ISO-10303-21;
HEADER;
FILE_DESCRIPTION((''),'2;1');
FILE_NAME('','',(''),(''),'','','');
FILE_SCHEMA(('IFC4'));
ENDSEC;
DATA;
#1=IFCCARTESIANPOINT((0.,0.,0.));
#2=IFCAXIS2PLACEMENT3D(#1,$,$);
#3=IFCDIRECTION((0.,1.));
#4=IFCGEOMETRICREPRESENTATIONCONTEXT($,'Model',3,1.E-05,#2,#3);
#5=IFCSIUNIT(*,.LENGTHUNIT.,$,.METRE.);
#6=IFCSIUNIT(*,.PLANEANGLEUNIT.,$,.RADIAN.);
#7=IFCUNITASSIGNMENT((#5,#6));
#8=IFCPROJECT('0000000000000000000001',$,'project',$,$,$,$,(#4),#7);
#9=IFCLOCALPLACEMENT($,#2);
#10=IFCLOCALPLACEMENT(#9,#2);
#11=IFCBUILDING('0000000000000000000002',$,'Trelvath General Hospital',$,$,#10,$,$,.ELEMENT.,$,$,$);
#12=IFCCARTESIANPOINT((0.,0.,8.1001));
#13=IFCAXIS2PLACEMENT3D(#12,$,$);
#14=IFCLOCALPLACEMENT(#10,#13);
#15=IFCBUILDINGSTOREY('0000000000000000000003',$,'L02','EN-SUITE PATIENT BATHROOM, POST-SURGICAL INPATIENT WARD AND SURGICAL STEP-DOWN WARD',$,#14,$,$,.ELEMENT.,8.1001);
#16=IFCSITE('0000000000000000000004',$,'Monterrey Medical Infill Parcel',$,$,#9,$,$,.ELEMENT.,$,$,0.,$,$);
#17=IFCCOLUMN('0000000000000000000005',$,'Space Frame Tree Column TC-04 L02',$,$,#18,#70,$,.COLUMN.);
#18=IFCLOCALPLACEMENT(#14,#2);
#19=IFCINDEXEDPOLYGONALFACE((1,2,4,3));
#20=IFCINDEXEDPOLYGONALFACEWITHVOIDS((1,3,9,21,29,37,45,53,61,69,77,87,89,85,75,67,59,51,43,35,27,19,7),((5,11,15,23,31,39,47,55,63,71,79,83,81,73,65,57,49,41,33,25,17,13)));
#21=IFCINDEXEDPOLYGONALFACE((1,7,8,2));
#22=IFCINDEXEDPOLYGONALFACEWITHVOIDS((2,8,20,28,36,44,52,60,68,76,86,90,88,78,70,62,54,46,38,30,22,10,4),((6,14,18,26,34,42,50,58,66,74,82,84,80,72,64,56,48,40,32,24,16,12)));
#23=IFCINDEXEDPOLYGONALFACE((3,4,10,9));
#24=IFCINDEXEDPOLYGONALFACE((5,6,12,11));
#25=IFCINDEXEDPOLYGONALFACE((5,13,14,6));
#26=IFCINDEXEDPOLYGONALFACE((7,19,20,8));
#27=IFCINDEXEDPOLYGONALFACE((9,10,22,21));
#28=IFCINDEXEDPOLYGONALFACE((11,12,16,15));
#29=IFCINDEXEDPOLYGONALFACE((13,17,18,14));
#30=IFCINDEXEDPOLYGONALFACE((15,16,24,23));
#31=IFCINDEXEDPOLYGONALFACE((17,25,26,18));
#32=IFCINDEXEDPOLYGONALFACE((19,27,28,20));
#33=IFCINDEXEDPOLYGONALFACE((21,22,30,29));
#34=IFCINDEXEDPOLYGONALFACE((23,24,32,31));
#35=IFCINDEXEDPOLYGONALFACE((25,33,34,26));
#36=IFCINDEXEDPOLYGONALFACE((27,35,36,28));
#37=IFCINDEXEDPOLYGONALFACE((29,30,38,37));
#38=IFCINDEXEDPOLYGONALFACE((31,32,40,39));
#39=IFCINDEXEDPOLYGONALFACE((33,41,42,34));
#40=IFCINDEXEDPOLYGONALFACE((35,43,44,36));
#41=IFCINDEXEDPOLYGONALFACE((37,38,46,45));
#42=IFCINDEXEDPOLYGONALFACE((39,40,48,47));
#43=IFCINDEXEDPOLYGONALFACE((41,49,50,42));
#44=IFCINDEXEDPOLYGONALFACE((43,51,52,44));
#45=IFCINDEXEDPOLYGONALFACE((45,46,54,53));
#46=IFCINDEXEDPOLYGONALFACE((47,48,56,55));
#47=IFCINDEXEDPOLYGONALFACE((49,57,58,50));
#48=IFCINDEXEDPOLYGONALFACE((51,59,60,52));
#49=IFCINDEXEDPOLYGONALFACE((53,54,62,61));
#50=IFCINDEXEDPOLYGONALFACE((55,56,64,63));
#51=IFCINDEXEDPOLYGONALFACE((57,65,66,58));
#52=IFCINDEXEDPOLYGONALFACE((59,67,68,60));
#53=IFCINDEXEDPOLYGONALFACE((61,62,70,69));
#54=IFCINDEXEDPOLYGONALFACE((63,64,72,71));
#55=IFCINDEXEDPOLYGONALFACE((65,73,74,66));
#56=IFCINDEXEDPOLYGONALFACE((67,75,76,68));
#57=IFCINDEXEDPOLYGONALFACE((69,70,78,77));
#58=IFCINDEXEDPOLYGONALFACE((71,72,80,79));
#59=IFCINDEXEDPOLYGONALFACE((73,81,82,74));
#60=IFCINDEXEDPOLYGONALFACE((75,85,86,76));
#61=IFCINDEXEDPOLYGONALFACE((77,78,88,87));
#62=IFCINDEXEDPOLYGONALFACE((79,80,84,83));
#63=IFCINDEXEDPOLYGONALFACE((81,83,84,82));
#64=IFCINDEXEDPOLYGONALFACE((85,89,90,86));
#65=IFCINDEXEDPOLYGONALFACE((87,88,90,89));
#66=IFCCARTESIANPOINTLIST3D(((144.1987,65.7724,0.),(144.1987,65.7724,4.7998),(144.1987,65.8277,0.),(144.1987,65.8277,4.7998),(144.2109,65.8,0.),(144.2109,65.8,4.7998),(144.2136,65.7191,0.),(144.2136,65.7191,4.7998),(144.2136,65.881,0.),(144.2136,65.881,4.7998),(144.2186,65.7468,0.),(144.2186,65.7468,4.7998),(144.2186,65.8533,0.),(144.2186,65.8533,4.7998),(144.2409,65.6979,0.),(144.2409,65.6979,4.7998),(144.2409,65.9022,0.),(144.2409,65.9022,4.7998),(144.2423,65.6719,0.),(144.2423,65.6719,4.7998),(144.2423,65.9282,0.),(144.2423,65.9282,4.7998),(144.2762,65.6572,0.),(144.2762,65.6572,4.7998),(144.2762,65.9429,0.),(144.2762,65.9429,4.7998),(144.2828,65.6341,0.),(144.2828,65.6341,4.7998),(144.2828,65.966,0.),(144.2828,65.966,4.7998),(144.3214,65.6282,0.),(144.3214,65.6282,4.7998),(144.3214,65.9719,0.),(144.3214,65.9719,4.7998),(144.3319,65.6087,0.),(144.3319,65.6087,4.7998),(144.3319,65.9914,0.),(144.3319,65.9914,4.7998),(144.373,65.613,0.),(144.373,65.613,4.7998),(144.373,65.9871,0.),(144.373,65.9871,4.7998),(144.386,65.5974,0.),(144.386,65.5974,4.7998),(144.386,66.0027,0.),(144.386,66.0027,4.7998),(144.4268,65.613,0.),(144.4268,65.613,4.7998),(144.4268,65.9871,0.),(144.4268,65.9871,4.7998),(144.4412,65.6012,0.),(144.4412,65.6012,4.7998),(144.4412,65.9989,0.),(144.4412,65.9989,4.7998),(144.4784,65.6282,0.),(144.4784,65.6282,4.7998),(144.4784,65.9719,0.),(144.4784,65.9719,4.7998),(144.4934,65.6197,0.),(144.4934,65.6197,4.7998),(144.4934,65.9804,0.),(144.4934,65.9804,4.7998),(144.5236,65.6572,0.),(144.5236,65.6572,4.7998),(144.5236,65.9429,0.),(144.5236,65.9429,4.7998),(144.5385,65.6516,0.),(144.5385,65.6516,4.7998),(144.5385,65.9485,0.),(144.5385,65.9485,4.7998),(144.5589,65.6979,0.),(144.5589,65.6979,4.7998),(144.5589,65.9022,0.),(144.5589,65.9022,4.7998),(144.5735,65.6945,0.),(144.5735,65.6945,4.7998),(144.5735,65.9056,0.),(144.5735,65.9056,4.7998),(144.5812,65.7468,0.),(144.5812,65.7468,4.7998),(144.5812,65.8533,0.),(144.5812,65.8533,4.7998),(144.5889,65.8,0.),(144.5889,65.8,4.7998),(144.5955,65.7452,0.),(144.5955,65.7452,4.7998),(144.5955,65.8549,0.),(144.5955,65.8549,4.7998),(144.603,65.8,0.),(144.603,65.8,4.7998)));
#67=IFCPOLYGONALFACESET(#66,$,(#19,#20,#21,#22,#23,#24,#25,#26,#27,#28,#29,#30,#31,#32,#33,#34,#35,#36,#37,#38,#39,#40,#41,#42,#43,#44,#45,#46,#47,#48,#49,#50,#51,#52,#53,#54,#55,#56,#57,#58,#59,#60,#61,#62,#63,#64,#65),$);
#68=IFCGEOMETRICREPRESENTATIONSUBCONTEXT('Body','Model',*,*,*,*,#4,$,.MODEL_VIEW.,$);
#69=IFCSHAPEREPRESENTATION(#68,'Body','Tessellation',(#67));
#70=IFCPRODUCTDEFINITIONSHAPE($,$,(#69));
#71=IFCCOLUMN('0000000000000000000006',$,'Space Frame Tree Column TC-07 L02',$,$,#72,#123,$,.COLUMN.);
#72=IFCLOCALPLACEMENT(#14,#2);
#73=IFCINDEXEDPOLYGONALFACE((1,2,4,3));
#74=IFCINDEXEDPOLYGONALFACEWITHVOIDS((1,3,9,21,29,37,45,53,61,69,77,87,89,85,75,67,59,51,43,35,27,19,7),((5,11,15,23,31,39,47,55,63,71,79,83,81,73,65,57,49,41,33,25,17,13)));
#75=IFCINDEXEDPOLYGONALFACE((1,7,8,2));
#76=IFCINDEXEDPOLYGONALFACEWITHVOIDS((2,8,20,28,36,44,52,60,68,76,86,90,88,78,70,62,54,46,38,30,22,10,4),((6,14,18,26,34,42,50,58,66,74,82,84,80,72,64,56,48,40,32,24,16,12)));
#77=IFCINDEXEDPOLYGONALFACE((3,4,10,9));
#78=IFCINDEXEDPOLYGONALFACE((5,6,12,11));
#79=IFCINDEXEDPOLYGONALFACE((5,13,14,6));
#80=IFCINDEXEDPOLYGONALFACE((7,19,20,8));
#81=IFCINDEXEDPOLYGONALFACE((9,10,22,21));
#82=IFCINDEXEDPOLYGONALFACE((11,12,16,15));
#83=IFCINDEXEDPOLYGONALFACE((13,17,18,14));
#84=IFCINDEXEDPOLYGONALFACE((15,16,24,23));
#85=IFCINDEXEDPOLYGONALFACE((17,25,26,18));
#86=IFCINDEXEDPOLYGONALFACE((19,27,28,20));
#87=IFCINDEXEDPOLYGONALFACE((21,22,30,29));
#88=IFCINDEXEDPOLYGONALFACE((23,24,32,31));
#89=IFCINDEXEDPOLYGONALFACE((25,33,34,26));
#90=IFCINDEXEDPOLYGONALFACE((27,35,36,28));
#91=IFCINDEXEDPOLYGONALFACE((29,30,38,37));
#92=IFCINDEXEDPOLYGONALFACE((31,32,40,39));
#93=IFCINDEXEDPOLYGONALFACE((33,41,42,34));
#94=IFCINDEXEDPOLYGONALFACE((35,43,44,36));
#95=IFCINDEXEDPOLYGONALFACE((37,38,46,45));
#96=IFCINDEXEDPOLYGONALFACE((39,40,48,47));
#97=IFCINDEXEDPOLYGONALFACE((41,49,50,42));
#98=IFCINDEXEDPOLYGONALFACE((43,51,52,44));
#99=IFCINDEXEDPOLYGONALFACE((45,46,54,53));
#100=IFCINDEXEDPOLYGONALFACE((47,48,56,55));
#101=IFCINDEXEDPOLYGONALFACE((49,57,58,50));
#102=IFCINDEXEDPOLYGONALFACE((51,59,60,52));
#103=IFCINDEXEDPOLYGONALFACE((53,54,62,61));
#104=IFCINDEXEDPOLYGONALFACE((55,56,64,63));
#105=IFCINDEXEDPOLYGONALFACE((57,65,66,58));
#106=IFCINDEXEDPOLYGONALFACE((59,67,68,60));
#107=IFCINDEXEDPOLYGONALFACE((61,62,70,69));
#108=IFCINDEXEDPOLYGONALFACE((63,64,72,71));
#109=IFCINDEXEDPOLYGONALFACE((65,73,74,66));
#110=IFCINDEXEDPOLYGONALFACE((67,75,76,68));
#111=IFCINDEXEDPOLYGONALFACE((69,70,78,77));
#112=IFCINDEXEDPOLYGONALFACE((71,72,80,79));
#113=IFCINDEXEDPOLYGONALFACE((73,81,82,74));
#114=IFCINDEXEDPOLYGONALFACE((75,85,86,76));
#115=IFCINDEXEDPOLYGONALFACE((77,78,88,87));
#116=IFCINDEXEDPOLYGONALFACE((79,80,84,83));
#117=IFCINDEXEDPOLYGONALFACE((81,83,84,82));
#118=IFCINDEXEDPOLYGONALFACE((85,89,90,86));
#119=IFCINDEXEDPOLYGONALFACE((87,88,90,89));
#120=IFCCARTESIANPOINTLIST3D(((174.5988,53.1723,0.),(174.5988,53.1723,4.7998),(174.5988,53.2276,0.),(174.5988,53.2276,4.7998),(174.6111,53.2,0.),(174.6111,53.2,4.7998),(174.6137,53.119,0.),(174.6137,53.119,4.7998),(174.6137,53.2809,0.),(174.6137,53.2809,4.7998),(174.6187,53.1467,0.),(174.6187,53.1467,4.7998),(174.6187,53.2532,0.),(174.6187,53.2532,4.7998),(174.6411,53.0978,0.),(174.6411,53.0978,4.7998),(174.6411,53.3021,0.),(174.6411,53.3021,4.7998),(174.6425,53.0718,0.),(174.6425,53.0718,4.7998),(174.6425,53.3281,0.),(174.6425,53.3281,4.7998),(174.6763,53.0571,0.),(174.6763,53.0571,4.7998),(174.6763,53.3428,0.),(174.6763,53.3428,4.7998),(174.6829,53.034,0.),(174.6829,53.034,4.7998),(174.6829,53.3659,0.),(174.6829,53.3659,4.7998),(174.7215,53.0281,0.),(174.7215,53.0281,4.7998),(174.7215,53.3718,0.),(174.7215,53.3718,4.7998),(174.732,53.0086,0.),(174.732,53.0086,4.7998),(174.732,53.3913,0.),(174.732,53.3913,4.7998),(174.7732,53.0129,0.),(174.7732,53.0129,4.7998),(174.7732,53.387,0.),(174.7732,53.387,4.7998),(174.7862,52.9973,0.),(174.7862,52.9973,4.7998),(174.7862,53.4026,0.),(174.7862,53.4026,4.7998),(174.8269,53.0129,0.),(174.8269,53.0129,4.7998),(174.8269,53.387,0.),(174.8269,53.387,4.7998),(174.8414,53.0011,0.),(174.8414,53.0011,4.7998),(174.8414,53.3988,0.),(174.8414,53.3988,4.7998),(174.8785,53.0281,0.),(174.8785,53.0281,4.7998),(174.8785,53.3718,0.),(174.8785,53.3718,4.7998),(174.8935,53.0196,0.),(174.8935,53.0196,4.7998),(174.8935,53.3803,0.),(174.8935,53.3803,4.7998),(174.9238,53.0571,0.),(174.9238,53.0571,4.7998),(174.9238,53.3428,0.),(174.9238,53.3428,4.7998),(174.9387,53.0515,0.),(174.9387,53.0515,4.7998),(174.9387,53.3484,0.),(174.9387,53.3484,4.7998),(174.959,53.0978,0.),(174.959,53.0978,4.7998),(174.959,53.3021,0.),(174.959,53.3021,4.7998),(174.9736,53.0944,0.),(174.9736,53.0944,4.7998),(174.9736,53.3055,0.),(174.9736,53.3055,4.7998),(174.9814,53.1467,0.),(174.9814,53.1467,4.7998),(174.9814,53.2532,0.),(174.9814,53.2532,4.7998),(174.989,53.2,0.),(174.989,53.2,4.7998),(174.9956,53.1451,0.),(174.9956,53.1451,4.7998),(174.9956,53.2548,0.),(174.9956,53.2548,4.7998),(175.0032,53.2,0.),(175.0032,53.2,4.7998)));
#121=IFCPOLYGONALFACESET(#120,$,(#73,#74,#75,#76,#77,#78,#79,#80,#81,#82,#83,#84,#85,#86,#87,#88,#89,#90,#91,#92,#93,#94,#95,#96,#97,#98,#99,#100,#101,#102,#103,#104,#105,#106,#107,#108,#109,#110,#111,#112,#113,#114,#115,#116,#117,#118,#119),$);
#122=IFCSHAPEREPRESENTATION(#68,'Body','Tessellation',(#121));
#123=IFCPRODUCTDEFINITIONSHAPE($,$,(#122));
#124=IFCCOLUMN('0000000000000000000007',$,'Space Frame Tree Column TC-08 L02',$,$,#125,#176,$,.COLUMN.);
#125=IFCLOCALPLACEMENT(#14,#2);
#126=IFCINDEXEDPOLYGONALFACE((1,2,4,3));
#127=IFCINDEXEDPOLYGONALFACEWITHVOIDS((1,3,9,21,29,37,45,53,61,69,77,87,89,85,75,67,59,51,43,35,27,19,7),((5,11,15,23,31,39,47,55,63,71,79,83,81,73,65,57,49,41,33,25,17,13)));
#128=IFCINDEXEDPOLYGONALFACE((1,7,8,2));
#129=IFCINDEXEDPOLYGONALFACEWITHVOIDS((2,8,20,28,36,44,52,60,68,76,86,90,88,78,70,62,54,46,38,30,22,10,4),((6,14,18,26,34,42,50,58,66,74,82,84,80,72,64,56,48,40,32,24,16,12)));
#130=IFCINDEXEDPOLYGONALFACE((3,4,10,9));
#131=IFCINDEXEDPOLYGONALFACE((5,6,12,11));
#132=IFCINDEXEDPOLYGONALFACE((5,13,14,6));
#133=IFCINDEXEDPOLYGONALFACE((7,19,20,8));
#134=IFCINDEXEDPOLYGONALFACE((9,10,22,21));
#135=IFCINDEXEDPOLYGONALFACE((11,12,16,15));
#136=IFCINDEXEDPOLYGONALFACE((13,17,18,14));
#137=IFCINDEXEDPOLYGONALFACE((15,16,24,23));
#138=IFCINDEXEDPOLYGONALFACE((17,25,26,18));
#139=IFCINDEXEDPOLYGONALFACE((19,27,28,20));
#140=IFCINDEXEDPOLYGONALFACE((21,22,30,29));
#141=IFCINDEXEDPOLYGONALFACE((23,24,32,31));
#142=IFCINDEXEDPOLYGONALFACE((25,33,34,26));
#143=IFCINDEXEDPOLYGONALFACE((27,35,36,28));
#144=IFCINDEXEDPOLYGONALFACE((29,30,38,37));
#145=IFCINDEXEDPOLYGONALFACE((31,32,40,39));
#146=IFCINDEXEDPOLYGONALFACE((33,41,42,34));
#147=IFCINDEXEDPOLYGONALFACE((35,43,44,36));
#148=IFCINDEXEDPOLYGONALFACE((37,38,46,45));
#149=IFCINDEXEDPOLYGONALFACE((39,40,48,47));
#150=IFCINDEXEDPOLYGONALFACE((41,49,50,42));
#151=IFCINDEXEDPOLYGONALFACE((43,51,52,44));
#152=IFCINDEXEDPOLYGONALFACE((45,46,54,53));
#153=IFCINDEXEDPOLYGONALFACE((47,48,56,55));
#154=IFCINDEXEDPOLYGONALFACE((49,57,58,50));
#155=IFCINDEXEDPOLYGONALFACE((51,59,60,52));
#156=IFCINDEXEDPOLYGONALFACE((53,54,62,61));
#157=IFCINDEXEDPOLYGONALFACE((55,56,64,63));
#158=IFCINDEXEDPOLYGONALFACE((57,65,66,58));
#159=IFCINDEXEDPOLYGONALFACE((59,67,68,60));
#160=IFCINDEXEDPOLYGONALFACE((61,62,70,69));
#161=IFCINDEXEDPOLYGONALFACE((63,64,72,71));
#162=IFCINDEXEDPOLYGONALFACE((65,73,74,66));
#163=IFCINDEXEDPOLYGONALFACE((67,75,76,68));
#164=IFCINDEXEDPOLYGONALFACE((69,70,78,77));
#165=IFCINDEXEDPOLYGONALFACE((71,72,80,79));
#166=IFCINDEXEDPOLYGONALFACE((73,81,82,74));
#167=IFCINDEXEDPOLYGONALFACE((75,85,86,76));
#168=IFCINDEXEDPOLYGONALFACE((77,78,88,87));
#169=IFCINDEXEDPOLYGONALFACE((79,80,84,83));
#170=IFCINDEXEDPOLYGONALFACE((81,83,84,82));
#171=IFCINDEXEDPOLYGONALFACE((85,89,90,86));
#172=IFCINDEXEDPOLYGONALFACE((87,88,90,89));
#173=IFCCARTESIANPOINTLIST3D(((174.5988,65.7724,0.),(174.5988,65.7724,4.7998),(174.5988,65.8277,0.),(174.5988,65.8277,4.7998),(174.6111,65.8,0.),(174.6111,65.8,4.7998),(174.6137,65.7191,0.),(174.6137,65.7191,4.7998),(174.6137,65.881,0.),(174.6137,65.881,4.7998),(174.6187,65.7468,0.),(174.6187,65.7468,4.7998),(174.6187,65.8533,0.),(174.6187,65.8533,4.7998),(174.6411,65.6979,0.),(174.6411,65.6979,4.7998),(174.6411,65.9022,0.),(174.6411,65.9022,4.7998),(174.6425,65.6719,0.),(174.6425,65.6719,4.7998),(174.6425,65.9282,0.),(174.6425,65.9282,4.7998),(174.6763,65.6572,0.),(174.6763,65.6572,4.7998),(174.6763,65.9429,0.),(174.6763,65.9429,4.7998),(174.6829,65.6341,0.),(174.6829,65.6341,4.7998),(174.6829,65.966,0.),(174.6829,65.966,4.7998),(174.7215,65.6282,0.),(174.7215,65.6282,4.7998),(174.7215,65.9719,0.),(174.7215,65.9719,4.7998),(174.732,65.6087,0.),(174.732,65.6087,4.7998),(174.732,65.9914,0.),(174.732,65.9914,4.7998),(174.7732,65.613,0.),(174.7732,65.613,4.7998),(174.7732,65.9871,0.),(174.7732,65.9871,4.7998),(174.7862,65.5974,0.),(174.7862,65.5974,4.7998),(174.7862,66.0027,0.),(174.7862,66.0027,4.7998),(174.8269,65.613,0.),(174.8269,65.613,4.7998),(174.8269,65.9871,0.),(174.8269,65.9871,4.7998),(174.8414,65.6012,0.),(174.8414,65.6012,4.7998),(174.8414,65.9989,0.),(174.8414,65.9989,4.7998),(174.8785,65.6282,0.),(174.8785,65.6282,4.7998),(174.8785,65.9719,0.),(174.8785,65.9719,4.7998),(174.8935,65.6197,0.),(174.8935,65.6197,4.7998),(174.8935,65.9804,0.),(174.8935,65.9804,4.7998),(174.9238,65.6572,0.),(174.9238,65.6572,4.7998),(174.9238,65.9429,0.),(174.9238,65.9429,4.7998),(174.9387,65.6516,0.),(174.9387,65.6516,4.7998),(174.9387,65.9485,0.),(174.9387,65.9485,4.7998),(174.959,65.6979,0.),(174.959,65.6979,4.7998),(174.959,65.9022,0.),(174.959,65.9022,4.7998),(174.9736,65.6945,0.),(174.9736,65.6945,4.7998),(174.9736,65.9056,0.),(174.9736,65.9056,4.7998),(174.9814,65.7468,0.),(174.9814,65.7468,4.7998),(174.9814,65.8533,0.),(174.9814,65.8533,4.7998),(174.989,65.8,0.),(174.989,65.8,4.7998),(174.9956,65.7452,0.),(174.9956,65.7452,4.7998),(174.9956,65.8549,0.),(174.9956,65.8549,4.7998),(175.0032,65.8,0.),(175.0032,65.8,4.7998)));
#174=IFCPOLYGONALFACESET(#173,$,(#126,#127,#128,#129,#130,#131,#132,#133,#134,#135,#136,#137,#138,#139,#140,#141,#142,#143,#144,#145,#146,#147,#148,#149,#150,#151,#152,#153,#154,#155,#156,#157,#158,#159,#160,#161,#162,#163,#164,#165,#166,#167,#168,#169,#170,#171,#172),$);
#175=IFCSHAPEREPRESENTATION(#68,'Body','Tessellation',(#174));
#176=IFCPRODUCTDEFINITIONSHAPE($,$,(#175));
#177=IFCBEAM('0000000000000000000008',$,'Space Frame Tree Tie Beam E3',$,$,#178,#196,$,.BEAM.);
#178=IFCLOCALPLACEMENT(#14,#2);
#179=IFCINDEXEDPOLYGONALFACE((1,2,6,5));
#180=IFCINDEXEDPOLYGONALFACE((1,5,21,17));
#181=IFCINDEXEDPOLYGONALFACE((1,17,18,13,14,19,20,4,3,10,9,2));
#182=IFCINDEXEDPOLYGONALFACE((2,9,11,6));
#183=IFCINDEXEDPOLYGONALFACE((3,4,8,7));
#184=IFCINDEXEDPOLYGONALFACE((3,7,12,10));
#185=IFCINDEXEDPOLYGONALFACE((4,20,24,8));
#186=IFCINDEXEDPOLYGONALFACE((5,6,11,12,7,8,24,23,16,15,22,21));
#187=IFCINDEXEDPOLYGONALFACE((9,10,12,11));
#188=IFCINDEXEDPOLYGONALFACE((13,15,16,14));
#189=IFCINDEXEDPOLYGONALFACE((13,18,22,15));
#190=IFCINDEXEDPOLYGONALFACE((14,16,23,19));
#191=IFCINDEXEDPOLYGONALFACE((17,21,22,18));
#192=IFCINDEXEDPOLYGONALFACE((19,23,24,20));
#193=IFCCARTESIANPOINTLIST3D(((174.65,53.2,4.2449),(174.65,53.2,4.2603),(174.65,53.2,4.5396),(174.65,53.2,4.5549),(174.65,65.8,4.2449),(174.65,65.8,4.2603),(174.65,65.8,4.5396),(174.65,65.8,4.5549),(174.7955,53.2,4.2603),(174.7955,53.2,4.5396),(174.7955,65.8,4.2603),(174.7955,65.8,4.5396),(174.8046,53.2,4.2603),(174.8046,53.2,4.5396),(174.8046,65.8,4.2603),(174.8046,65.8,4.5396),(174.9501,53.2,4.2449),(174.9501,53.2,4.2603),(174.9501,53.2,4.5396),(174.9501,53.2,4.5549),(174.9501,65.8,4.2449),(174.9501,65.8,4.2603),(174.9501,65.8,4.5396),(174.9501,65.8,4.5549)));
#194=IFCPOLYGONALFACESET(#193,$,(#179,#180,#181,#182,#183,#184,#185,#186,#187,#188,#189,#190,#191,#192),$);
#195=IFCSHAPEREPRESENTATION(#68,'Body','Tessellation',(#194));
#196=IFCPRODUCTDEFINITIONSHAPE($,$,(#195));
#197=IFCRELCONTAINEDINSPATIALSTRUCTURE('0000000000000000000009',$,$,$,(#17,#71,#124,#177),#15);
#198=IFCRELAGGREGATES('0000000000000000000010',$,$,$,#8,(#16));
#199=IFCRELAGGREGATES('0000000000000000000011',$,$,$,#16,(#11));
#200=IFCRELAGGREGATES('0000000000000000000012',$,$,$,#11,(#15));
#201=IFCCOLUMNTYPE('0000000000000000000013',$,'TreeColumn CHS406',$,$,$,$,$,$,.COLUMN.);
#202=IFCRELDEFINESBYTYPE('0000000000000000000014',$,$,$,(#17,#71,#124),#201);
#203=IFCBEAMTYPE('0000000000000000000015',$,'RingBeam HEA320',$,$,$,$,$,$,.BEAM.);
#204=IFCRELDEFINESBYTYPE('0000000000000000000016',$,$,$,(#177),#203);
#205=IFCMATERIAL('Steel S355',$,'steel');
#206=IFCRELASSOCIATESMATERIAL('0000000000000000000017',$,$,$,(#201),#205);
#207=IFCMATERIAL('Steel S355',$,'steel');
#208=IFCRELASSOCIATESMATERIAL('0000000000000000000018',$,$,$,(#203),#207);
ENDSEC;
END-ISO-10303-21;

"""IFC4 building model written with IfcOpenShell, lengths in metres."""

from ifc_helpers import new_model, si_unit, direction, frame, origin, origin_2d, place, context, subcontext, project, spatial, hollow_circle, i_section, extrude, material, material_profile, profile_set, type_object, element, save


model = new_model("IFC4")

# Units and contexts
model_context = context("Model", 3, precision=1e-05, world=origin(), true_north=direction((0.0, 1.0)))
body_context = subcontext(model_context, "Body", "Model", "MODEL_VIEW")
ifc_project = project(units=[si_unit("LENGTHUNIT", "METRE"), si_unit("PLANEANGLEUNIT", "RADIAN")], contexts=[model_context])

# Site, building, storey
site_placement = place(None, origin())
site = spatial("IfcSite", under=ifc_project, at=site_placement, Name="Monterrey Medical Infill Parcel", CompositionType="ELEMENT", RefElevation=0.0)
building_placement = place(site_placement, origin())
building = spatial("IfcBuilding", under=site, at=building_placement, Name="Trelvath General Hospital", CompositionType="ELEMENT")
storey_placement = place(building_placement, frame((0.0, 0.0, 8.1001)))
storey = spatial("IfcBuildingStorey", under=building, at=storey_placement, Name="L02", Description="EN-SUITE PATIENT BATHROOM, POST-SURGICAL INPATIENT WARD AND SURGICAL STEP-DOWN WARD", CompositionType="ELEMENT", Elevation=8.1001)

# Columns
ifc_material_1 = material(Name="Steel S355", Category="steel")
ifc_material_profile_1 = material_profile(ifc_material_1, hollow_circle(Radius=0.2031, WallThickness=0.0142, at=origin_2d()), Name="CHS406.4x14.2")
ifc_profile_set_1 = profile_set([ifc_material_profile_1], Name="Steel S355")
column_type = type_object("IfcColumnType", Name="TreeColumn CHS406", PredefinedType="COLUMN", material=ifc_profile_set_1)
for number, where, z_axis, x_axis, name in (
    (1, (144.3999, 65.8, 0.0), (0.0, 0.0, 1.0), (1.0, 0.0, 0.0), "Space Frame Tree Column TC-04 L02"),
    (2, (174.8, 53.2, 0.0), (0.0, 0.0, 1.0), (1.0, 0.0, 0.0), "Space Frame Tree Column TC-07 L02"),
    (3, (174.8, 65.8, 0.0), (0.0, 0.0, 1.0), (1.0, 0.0, 0.0), "Space Frame Tree Column TC-08 L02"),
):
    element("IfcColumn", number, at=place(storey_placement, frame(where, z_axis=z_axis, x_axis=x_axis)), inside=storey, type_object=column_type, Name=name, PredefinedType="COLUMN", context=body_context, shape_type="SweptSolid", body=[
        extrude(hollow_circle(Radius=0.2031, WallThickness=0.0142, at=origin_2d()), origin(), (0.0, 0.0, 1.0), 4.7998),
    ])

# Beam
ifc_material_2 = material(Name="Steel S355", Category="steel")
ifc_material_profile_2 = material_profile(ifc_material_2, i_section(OverallWidth=0.3, OverallDepth=0.3101, WebThickness=0.009, FlangeThickness=0.0154, at=origin_2d()), Name="HEA320")
ifc_profile_set_2 = profile_set([ifc_material_profile_2], Name="Steel S355")
beam_type = type_object("IfcBeamType", Name="RingBeam HEA320", PredefinedType="BEAM", material=ifc_profile_set_2)
beam_placement = place(storey_placement, frame((174.8, 53.2, 4.3999), z_axis=(0.0, 1.0, 0.0), x_axis=(-1.0, 0.0, 0.0)))
element("IfcBeam", 4, at=beam_placement, inside=storey, type_object=beam_type, Name="Space Frame Tree Tie Beam E3", PredefinedType="BEAM", context=body_context, shape_type="SweptSolid", body=[
    extrude(i_section(OverallWidth=0.3, OverallDepth=0.3101, WebThickness=0.009, FlangeThickness=0.0154, at=origin_2d()), origin(), (0.0, 0.0, 1.0), 12.6001),
])

save(model, "model.ifc")
